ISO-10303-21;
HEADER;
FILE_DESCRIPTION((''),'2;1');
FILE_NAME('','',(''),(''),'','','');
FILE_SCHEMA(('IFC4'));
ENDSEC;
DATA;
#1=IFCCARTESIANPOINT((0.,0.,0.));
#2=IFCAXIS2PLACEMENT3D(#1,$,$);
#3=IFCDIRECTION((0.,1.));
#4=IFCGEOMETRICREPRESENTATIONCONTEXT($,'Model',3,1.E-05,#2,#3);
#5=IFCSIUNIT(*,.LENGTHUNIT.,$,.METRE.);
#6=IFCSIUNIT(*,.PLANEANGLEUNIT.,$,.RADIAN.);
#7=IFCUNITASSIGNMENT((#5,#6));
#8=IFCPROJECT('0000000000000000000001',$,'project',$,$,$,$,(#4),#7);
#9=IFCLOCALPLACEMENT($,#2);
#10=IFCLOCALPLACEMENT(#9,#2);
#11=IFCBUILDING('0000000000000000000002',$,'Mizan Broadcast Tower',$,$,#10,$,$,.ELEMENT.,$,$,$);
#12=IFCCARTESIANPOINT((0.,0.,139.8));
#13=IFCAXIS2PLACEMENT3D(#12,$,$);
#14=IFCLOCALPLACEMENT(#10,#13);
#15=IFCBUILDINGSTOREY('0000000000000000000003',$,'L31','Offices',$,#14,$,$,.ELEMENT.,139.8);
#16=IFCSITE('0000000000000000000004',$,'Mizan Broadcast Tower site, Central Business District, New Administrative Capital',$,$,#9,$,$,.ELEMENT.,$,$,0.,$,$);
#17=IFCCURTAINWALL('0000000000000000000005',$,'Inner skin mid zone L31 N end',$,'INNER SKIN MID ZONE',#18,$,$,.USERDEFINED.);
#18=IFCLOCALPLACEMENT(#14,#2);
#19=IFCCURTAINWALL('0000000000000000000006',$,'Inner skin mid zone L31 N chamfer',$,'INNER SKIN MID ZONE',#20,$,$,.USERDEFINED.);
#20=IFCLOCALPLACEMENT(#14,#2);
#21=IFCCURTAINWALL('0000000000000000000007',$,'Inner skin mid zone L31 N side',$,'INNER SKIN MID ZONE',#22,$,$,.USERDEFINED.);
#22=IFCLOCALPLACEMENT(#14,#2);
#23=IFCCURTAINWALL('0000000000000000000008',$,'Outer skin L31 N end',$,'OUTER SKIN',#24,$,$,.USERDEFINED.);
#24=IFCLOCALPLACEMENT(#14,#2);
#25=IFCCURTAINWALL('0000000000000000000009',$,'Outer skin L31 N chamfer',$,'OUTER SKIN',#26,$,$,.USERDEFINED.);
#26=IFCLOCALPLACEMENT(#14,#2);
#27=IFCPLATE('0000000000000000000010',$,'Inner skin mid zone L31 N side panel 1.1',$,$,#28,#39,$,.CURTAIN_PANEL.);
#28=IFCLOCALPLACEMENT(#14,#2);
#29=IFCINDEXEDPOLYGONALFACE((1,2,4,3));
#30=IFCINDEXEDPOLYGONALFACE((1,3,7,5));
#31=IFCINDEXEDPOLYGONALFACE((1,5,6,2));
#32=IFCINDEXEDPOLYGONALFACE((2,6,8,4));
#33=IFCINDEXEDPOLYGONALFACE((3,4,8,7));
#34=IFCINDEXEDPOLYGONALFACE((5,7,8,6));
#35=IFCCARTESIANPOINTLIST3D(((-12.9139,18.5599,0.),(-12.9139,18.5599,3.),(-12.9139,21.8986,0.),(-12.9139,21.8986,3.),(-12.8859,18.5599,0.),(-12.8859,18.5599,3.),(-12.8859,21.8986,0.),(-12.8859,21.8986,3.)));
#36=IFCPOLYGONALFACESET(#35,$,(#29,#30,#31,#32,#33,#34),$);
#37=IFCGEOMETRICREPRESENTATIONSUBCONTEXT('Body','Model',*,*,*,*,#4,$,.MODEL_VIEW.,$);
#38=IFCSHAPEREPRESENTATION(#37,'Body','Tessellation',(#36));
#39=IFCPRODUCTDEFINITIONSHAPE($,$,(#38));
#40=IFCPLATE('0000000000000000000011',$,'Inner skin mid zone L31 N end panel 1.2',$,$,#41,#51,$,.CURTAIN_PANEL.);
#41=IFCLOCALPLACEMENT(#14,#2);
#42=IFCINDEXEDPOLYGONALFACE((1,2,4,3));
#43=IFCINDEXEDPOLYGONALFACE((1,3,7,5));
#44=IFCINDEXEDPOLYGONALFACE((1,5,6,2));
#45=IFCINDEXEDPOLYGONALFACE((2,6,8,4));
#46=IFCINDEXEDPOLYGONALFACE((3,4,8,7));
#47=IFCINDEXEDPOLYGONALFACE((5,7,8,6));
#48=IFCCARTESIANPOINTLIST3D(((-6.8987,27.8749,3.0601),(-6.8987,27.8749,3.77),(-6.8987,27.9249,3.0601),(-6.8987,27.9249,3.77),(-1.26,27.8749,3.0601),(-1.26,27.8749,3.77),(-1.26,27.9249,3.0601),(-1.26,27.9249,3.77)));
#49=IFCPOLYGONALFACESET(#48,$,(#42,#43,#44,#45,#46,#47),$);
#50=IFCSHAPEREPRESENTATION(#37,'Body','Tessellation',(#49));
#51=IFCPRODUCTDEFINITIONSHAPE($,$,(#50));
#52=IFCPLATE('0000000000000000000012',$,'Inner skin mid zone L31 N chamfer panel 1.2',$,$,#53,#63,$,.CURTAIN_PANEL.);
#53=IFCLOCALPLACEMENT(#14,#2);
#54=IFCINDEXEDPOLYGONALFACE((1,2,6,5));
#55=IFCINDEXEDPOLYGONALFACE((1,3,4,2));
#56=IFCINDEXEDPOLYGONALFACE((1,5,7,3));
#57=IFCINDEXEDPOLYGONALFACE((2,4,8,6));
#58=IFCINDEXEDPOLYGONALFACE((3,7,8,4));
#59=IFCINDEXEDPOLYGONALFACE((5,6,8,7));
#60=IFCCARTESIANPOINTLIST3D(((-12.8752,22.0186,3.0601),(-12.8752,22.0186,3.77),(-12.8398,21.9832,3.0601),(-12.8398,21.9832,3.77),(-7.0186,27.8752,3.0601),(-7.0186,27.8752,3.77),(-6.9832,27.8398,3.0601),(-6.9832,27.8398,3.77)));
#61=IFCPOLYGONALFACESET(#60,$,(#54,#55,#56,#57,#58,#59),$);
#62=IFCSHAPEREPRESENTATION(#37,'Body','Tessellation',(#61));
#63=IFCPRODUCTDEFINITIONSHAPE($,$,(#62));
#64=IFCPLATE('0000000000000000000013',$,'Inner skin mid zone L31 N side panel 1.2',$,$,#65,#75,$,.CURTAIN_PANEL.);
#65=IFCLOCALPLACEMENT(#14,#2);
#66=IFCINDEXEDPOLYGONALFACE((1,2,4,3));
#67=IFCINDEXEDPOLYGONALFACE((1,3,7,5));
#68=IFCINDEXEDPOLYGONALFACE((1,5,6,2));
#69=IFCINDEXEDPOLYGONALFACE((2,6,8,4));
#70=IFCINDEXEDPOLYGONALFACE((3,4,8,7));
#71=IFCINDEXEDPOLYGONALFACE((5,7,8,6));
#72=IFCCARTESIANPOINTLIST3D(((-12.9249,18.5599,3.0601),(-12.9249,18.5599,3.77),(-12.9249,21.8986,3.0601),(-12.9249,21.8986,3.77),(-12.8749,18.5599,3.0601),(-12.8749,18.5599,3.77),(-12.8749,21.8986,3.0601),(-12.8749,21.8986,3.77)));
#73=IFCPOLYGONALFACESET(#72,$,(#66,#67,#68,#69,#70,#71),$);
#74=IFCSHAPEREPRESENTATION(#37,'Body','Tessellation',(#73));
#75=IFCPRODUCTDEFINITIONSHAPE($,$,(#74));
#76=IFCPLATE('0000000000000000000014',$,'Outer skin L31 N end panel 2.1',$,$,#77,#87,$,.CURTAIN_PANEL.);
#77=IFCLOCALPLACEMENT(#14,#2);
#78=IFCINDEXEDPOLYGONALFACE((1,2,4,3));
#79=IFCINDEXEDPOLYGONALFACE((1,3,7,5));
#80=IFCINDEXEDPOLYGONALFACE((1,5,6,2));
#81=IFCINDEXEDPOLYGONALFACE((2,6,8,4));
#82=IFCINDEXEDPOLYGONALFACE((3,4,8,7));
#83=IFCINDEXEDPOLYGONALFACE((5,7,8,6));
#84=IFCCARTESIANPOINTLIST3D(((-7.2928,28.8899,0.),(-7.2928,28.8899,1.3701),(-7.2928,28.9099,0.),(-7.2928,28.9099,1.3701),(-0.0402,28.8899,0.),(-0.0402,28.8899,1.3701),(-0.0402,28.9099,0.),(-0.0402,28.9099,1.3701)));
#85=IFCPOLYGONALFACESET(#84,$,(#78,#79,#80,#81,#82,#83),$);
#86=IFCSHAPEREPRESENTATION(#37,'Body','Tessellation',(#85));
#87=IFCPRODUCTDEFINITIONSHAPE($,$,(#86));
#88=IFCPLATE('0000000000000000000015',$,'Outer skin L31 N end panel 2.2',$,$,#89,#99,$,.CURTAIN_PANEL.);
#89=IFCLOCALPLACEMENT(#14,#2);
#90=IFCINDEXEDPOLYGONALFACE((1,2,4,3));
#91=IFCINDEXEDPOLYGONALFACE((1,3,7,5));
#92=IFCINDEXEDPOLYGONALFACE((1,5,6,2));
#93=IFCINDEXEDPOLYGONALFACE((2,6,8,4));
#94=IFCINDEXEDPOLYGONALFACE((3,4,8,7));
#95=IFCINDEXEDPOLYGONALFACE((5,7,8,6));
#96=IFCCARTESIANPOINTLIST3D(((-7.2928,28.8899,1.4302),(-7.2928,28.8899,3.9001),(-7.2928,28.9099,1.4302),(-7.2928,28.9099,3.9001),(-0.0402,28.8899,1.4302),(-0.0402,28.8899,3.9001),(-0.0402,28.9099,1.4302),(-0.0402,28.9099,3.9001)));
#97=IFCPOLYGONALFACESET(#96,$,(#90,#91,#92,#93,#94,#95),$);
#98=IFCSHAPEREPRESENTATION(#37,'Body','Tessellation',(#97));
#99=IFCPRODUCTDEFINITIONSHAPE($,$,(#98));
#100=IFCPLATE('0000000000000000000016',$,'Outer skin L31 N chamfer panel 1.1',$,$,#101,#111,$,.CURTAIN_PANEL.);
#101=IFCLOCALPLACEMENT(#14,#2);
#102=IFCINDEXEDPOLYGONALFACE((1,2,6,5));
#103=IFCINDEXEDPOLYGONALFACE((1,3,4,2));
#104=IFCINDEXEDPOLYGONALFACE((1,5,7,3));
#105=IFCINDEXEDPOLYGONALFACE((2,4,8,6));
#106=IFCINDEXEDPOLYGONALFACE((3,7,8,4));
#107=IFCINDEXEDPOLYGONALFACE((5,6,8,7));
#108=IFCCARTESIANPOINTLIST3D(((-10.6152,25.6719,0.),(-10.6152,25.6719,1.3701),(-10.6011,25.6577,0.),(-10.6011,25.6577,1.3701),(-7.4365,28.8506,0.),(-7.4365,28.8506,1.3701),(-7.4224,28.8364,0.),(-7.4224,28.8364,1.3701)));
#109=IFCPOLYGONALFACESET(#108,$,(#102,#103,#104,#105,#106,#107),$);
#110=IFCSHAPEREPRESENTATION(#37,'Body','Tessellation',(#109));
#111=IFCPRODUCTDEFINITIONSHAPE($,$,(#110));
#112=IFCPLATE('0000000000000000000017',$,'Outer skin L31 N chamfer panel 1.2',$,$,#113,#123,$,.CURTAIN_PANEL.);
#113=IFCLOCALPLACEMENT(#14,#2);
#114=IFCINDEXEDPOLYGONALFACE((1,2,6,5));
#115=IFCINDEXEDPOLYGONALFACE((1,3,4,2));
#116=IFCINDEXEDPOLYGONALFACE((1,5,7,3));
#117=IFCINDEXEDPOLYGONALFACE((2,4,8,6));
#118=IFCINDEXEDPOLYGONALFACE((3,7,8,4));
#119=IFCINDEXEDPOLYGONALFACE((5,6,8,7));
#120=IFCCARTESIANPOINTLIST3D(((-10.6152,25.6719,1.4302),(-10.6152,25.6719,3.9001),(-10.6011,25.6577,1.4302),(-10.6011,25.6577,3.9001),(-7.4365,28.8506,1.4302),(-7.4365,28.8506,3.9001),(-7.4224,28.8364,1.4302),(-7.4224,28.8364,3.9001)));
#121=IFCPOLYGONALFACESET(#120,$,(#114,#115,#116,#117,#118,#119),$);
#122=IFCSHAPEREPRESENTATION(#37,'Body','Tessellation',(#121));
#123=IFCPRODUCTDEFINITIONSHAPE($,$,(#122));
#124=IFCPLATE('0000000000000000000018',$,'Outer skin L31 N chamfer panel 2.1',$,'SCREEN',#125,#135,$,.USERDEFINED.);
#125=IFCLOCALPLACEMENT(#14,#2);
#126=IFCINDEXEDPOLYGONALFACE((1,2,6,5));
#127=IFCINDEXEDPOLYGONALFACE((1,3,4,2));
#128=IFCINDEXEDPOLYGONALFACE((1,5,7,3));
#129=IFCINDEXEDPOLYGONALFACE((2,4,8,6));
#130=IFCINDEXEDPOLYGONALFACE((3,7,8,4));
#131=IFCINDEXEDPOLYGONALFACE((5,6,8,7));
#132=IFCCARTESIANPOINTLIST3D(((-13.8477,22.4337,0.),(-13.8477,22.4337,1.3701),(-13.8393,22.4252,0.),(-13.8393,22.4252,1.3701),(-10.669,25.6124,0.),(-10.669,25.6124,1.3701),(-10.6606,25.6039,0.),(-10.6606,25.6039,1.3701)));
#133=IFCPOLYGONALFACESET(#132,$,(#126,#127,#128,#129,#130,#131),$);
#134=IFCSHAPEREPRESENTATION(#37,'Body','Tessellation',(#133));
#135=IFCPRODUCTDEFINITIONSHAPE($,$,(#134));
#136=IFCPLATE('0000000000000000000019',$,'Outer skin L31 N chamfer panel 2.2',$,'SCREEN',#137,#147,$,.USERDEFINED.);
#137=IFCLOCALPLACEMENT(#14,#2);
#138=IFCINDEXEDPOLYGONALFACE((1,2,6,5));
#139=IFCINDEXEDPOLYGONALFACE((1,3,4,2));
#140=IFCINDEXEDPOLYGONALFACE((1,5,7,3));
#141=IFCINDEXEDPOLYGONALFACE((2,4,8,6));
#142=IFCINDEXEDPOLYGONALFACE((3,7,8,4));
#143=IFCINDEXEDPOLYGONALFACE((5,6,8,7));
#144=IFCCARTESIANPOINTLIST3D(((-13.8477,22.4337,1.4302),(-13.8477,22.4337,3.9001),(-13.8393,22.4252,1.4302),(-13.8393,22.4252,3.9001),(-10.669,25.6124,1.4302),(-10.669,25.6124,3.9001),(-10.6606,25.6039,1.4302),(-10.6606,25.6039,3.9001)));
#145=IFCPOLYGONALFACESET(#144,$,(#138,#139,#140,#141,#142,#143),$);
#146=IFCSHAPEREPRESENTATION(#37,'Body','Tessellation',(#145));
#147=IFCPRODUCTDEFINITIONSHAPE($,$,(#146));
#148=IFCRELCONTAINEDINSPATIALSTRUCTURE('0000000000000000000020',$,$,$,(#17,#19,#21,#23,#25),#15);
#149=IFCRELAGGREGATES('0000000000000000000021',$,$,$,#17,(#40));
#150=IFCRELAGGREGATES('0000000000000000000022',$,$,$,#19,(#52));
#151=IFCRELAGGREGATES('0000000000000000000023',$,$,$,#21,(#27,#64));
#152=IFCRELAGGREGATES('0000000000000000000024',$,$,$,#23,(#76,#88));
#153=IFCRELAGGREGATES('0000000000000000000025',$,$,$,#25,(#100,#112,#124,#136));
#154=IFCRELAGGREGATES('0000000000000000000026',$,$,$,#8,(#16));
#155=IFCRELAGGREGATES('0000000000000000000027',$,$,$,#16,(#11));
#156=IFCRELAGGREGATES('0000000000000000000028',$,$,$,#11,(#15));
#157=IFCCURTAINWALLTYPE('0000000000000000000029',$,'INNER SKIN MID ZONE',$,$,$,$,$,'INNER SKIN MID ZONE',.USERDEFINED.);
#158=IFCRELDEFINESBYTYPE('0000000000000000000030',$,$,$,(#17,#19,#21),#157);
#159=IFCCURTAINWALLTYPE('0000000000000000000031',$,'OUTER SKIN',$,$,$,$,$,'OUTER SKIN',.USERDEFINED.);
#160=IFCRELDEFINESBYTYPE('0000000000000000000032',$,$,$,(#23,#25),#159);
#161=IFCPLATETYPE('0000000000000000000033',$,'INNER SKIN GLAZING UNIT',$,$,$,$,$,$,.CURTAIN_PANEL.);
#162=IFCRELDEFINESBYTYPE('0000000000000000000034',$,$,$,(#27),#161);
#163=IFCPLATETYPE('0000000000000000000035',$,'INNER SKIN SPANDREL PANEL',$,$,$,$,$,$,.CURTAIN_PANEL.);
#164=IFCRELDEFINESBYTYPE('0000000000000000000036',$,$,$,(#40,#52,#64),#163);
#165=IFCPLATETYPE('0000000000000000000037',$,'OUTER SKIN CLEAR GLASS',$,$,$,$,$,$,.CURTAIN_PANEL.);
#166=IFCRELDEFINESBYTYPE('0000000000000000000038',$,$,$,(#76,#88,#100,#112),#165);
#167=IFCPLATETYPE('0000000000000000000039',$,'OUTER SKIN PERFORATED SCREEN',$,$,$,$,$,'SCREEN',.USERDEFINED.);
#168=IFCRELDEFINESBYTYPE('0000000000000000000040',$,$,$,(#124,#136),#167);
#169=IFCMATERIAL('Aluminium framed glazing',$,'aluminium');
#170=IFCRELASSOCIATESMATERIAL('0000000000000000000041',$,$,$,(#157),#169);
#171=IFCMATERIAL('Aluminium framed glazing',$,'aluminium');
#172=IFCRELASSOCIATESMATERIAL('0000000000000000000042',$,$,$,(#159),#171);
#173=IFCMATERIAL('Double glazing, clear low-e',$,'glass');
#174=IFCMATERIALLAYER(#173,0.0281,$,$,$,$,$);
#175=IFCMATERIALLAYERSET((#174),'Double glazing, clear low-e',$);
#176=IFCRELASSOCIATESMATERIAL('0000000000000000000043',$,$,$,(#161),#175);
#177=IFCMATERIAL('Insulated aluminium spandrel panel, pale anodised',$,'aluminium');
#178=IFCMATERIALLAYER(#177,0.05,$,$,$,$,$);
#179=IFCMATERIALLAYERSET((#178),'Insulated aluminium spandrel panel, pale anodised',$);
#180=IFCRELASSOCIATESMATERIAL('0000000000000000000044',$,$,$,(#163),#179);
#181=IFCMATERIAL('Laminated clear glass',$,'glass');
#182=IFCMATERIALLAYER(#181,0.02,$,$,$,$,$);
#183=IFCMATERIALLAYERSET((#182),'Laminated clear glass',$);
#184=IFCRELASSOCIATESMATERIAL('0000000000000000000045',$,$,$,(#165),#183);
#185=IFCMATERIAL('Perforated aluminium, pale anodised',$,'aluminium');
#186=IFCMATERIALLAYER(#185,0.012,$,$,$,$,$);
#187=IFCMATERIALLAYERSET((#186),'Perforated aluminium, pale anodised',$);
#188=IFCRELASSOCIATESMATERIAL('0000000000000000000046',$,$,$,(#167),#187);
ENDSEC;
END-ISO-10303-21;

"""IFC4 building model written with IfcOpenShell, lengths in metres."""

from ifc_helpers import new_model, si_unit, direction, frame, origin, origin_2d, place, context, subcontext, project, spatial, rectangle, extrude, material, layer, layer_set, type_object, element, aggregate, save


model = new_model("IFC4")

# Units and contexts
model_context = context("Model", 3, precision=1e-05, world=origin(), true_north=direction((0.0, 1.0)))
body_context = subcontext(model_context, "Body", "Model", "MODEL_VIEW")
ifc_project = project(units=[si_unit("LENGTHUNIT", "METRE"), si_unit("PLANEANGLEUNIT", "RADIAN")], contexts=[model_context])

# Site, building, storey
site_placement = place(None, origin())
site = spatial("IfcSite", under=ifc_project, at=site_placement, Name="Mizan Broadcast Tower site, Central Business District, New Administrative Capital", CompositionType="ELEMENT", RefElevation=0.0)
building_placement = place(site_placement, origin())
building = spatial("IfcBuilding", under=site, at=building_placement, Name="Mizan Broadcast Tower", CompositionType="ELEMENT")
storey_placement = place(building_placement, frame((0.0, 0.0, 139.8)))
storey = spatial("IfcBuildingStorey", under=building, at=storey_placement, Name="L31", Description="Offices", CompositionType="ELEMENT", Elevation=139.8)

# Curtain wall
ifc_material_1 = material(Name="Aluminium framed glazing", Category="aluminium")
curtain_wall_type_1 = type_object("IfcCurtainWallType", Name="INNER SKIN MID ZONE", ElementType="INNER SKIN MID ZONE", PredefinedType="USERDEFINED", material=ifc_material_1)
curtain_wall_1_placement = place(storey_placement, origin())
curtain_wall_1 = element("IfcCurtainWall", 1, at=curtain_wall_1_placement, inside=storey, type_object=curtain_wall_type_1, Name="Inner skin mid zone L31 N end", ObjectType="INNER SKIN MID ZONE", PredefinedType="USERDEFINED")

# Curtain wall
curtain_wall_2_placement = place(storey_placement, origin())
curtain_wall_2 = element("IfcCurtainWall", 2, at=curtain_wall_2_placement, inside=storey, type_object=curtain_wall_type_1, Name="Inner skin mid zone L31 N chamfer", ObjectType="INNER SKIN MID ZONE", PredefinedType="USERDEFINED")

# Curtain walls
curtain_wall_3_placement = place(storey_placement, origin())
curtain_wall_3 = element("IfcCurtainWall", 3, at=curtain_wall_3_placement, inside=storey, type_object=curtain_wall_type_1, Name="Inner skin mid zone L31 N side", ObjectType="INNER SKIN MID ZONE", PredefinedType="USERDEFINED")
ifc_material_2 = material(Name="Aluminium framed glazing", Category="aluminium")
curtain_wall_type_2 = type_object("IfcCurtainWallType", Name="OUTER SKIN", ElementType="OUTER SKIN", PredefinedType="USERDEFINED", material=ifc_material_2)
curtain_wall_4_placement = place(storey_placement, origin())
curtain_wall_4 = element("IfcCurtainWall", 4, at=curtain_wall_4_placement, inside=storey, type_object=curtain_wall_type_2, Name="Outer skin L31 N end", ObjectType="OUTER SKIN", PredefinedType="USERDEFINED")

# Curtain wall
curtain_wall_5_placement = place(storey_placement, origin())
curtain_wall_5 = element("IfcCurtainWall", 5, at=curtain_wall_5_placement, inside=storey, type_object=curtain_wall_type_2, Name="Outer skin L31 N chamfer", ObjectType="OUTER SKIN", PredefinedType="USERDEFINED")

# Plates
ifc_material_3 = material(Name="Double glazing, clear low-e", Category="glass")
ifc_layer_1 = layer(ifc_material_3, 0.0281)
ifc_layer_set_1 = layer_set([ifc_layer_1], Name="Double glazing, clear low-e")
plate_type_1 = type_object("IfcPlateType", Name="INNER SKIN GLAZING UNIT", PredefinedType="CURTAIN_PANEL", material=ifc_layer_set_1)
plate_1_placement = place(storey_placement, frame((-12.8999, 20.2292, 0.0), z_axis=(0.0, 0.0, 1.0), x_axis=(0.0, -1.0, 0.0)))
plate_1 = element("IfcPlate", 6, at=plate_1_placement, type_object=plate_type_1, Name="Inner skin mid zone L31 N side panel 1.1", PredefinedType="CURTAIN_PANEL", context=body_context, shape_type="SweptSolid", body=[
    extrude(rectangle(XDim=3.3386, YDim=0.0281, at=origin_2d()), origin(), (0.0, 0.0, 1.0), 3.0),
])
ifc_material_4 = material(Name="Insulated aluminium spandrel panel, pale anodised", Category="aluminium")
ifc_layer_2 = layer(ifc_material_4, 0.05)
ifc_layer_set_2 = layer_set([ifc_layer_2], Name="Insulated aluminium spandrel panel, pale anodised")
plate_type_2 = type_object("IfcPlateType", Name="INNER SKIN SPANDREL PANEL", PredefinedType="CURTAIN_PANEL", material=ifc_layer_set_2)
plate_2_placement = place(storey_placement, frame((-4.0793, 27.8999, 3.0601), z_axis=(0.0, 0.0, 1.0), x_axis=(-1.0, 0.0, 0.0)))
plate_2 = element("IfcPlate", 7, at=plate_2_placement, type_object=plate_type_2, Name="Inner skin mid zone L31 N end panel 1.2", PredefinedType="CURTAIN_PANEL", context=body_context, shape_type="SweptSolid", body=[
    extrude(rectangle(XDim=5.6387, YDim=0.05, at=origin_2d()), origin(), (0.0, 0.0, 1.0), 0.71),
])
aggregate(curtain_wall_1, [plate_2])
plate_3_placement = place(storey_placement, frame((-9.9292, 24.9292, 3.0601), z_axis=(0.0, 0.0, 1.0), x_axis=(-0.707107, -0.707107, 0.0)))
plate_3 = element("IfcPlate", 8, at=plate_3_placement, type_object=plate_type_2, Name="Inner skin mid zone L31 N chamfer panel 1.2", PredefinedType="CURTAIN_PANEL", context=body_context, shape_type="SweptSolid", body=[
    extrude(rectangle(XDim=8.2825, YDim=0.05, at=origin_2d()), origin(), (0.0, 0.0, 1.0), 0.71),
])
aggregate(curtain_wall_2, [plate_3])
plate_4_placement = place(storey_placement, frame((-12.8999, 20.2292, 3.0601), z_axis=(0.0, 0.0, 1.0), x_axis=(0.0, -1.0, 0.0)))
plate_4 = element("IfcPlate", 9, at=plate_4_placement, type_object=plate_type_2, Name="Inner skin mid zone L31 N side panel 1.2", PredefinedType="CURTAIN_PANEL", context=body_context, shape_type="SweptSolid", body=[
    extrude(rectangle(XDim=3.3386, YDim=0.05, at=origin_2d()), origin(), (0.0, 0.0, 1.0), 0.71),
])
aggregate(curtain_wall_3, [plate_1, plate_4])
ifc_material_5 = material(Name="Laminated clear glass", Category="glass")
ifc_layer_3 = layer(ifc_material_5, 0.02)
ifc_layer_set_3 = layer_set([ifc_layer_3], Name="Laminated clear glass")
plate_type_3 = type_object("IfcPlateType", Name="OUTER SKIN CLEAR GLASS", PredefinedType="CURTAIN_PANEL", material=ifc_layer_set_3)
plate_5_placement = place(storey_placement, frame((-3.6665, 28.8999, 0.0), z_axis=(0.0, 0.0, 1.0), x_axis=(-1.0, 0.0, 0.0)))
plate_5 = element("IfcPlate", 10, at=plate_5_placement, type_object=plate_type_3, Name="Outer skin L31 N end panel 2.1", PredefinedType="CURTAIN_PANEL", context=body_context, shape_type="SweptSolid", body=[
    extrude(rectangle(XDim=7.2527, YDim=0.02, at=origin_2d()), origin(), (0.0, 0.0, 1.0), 1.3701),
])
plate_6_placement = place(storey_placement, frame((-3.6665, 28.8999, 1.4302), z_axis=(0.0, 0.0, 1.0), x_axis=(-1.0, 0.0, 0.0)))
plate_6 = element("IfcPlate", 11, at=plate_6_placement, type_object=plate_type_3, Name="Outer skin L31 N end panel 2.2", PredefinedType="CURTAIN_PANEL", context=body_context, shape_type="SweptSolid", body=[
    extrude(rectangle(XDim=7.2527, YDim=0.02, at=origin_2d()), origin(), (0.0, 0.0, 1.0), 2.47),
])
aggregate(curtain_wall_4, [plate_5, plate_6])
plate_7_placement = place(storey_placement, frame((-9.0188, 27.2542, 0.0), z_axis=(0.0, 0.0, 1.0), x_axis=(-0.707107, -0.707107, 0.0)))
plate_7 = element("IfcPlate", 12, at=plate_7_placement, type_object=plate_type_3, Name="Outer skin L31 N chamfer panel 1.1", PredefinedType="CURTAIN_PANEL", context=body_context, shape_type="SweptSolid", body=[
    extrude(rectangle(XDim=4.4954, YDim=0.02, at=origin_2d()), origin(), (0.0, 0.0, 1.0), 1.3701),
])
plate_8_placement = place(storey_placement, frame((-9.0188, 27.2542, 1.4302), z_axis=(0.0, 0.0, 1.0), x_axis=(-0.707107, -0.707107, 0.0)))
plate_8 = element("IfcPlate", 13, at=plate_8_placement, type_object=plate_type_3, Name="Outer skin L31 N chamfer panel 1.2", PredefinedType="CURTAIN_PANEL", context=body_context, shape_type="SweptSolid", body=[
    extrude(rectangle(XDim=4.4954, YDim=0.02, at=origin_2d()), origin(), (0.0, 0.0, 1.0), 2.47),
])
ifc_material_6 = material(Name="Perforated aluminium, pale anodised", Category="aluminium")
ifc_layer_4 = layer(ifc_material_6, 0.012)
ifc_layer_set_4 = layer_set([ifc_layer_4], Name="Perforated aluminium, pale anodised")
plate_type_4 = type_object("IfcPlateType", Name="OUTER SKIN PERFORATED SCREEN", ElementType="SCREEN", PredefinedType="USERDEFINED", material=ifc_layer_set_4)
plate_9_placement = place(storey_placement, frame((-12.2542, 24.0188, 0.0), z_axis=(0.0, 0.0, 1.0), x_axis=(-0.707107, -0.707107, 0.0)))
plate_9 = element("IfcPlate", 14, at=plate_9_placement, type_object=plate_type_4, Name="Outer skin L31 N chamfer panel 2.1", ObjectType="SCREEN", PredefinedType="USERDEFINED", context=body_context, shape_type="SweptSolid", body=[
    extrude(rectangle(XDim=4.4954, YDim=0.012, at=origin_2d()), origin(), (0.0, 0.0, 1.0), 1.3701),
])
plate_10_placement = place(storey_placement, frame((-12.2542, 24.0188, 1.4302), z_axis=(0.0, 0.0, 1.0), x_axis=(-0.707107, -0.707107, 0.0)))
plate_10 = element("IfcPlate", 15, at=plate_10_placement, type_object=plate_type_4, Name="Outer skin L31 N chamfer panel 2.2", ObjectType="SCREEN", PredefinedType="USERDEFINED", context=body_context, shape_type="SweptSolid", body=[
    extrude(rectangle(XDim=4.4954, YDim=0.012, at=origin_2d()), origin(), (0.0, 0.0, 1.0), 2.47),
])
aggregate(curtain_wall_5, [plate_7, plate_8, plate_9, plate_10])

save(model, "model.ifc")
